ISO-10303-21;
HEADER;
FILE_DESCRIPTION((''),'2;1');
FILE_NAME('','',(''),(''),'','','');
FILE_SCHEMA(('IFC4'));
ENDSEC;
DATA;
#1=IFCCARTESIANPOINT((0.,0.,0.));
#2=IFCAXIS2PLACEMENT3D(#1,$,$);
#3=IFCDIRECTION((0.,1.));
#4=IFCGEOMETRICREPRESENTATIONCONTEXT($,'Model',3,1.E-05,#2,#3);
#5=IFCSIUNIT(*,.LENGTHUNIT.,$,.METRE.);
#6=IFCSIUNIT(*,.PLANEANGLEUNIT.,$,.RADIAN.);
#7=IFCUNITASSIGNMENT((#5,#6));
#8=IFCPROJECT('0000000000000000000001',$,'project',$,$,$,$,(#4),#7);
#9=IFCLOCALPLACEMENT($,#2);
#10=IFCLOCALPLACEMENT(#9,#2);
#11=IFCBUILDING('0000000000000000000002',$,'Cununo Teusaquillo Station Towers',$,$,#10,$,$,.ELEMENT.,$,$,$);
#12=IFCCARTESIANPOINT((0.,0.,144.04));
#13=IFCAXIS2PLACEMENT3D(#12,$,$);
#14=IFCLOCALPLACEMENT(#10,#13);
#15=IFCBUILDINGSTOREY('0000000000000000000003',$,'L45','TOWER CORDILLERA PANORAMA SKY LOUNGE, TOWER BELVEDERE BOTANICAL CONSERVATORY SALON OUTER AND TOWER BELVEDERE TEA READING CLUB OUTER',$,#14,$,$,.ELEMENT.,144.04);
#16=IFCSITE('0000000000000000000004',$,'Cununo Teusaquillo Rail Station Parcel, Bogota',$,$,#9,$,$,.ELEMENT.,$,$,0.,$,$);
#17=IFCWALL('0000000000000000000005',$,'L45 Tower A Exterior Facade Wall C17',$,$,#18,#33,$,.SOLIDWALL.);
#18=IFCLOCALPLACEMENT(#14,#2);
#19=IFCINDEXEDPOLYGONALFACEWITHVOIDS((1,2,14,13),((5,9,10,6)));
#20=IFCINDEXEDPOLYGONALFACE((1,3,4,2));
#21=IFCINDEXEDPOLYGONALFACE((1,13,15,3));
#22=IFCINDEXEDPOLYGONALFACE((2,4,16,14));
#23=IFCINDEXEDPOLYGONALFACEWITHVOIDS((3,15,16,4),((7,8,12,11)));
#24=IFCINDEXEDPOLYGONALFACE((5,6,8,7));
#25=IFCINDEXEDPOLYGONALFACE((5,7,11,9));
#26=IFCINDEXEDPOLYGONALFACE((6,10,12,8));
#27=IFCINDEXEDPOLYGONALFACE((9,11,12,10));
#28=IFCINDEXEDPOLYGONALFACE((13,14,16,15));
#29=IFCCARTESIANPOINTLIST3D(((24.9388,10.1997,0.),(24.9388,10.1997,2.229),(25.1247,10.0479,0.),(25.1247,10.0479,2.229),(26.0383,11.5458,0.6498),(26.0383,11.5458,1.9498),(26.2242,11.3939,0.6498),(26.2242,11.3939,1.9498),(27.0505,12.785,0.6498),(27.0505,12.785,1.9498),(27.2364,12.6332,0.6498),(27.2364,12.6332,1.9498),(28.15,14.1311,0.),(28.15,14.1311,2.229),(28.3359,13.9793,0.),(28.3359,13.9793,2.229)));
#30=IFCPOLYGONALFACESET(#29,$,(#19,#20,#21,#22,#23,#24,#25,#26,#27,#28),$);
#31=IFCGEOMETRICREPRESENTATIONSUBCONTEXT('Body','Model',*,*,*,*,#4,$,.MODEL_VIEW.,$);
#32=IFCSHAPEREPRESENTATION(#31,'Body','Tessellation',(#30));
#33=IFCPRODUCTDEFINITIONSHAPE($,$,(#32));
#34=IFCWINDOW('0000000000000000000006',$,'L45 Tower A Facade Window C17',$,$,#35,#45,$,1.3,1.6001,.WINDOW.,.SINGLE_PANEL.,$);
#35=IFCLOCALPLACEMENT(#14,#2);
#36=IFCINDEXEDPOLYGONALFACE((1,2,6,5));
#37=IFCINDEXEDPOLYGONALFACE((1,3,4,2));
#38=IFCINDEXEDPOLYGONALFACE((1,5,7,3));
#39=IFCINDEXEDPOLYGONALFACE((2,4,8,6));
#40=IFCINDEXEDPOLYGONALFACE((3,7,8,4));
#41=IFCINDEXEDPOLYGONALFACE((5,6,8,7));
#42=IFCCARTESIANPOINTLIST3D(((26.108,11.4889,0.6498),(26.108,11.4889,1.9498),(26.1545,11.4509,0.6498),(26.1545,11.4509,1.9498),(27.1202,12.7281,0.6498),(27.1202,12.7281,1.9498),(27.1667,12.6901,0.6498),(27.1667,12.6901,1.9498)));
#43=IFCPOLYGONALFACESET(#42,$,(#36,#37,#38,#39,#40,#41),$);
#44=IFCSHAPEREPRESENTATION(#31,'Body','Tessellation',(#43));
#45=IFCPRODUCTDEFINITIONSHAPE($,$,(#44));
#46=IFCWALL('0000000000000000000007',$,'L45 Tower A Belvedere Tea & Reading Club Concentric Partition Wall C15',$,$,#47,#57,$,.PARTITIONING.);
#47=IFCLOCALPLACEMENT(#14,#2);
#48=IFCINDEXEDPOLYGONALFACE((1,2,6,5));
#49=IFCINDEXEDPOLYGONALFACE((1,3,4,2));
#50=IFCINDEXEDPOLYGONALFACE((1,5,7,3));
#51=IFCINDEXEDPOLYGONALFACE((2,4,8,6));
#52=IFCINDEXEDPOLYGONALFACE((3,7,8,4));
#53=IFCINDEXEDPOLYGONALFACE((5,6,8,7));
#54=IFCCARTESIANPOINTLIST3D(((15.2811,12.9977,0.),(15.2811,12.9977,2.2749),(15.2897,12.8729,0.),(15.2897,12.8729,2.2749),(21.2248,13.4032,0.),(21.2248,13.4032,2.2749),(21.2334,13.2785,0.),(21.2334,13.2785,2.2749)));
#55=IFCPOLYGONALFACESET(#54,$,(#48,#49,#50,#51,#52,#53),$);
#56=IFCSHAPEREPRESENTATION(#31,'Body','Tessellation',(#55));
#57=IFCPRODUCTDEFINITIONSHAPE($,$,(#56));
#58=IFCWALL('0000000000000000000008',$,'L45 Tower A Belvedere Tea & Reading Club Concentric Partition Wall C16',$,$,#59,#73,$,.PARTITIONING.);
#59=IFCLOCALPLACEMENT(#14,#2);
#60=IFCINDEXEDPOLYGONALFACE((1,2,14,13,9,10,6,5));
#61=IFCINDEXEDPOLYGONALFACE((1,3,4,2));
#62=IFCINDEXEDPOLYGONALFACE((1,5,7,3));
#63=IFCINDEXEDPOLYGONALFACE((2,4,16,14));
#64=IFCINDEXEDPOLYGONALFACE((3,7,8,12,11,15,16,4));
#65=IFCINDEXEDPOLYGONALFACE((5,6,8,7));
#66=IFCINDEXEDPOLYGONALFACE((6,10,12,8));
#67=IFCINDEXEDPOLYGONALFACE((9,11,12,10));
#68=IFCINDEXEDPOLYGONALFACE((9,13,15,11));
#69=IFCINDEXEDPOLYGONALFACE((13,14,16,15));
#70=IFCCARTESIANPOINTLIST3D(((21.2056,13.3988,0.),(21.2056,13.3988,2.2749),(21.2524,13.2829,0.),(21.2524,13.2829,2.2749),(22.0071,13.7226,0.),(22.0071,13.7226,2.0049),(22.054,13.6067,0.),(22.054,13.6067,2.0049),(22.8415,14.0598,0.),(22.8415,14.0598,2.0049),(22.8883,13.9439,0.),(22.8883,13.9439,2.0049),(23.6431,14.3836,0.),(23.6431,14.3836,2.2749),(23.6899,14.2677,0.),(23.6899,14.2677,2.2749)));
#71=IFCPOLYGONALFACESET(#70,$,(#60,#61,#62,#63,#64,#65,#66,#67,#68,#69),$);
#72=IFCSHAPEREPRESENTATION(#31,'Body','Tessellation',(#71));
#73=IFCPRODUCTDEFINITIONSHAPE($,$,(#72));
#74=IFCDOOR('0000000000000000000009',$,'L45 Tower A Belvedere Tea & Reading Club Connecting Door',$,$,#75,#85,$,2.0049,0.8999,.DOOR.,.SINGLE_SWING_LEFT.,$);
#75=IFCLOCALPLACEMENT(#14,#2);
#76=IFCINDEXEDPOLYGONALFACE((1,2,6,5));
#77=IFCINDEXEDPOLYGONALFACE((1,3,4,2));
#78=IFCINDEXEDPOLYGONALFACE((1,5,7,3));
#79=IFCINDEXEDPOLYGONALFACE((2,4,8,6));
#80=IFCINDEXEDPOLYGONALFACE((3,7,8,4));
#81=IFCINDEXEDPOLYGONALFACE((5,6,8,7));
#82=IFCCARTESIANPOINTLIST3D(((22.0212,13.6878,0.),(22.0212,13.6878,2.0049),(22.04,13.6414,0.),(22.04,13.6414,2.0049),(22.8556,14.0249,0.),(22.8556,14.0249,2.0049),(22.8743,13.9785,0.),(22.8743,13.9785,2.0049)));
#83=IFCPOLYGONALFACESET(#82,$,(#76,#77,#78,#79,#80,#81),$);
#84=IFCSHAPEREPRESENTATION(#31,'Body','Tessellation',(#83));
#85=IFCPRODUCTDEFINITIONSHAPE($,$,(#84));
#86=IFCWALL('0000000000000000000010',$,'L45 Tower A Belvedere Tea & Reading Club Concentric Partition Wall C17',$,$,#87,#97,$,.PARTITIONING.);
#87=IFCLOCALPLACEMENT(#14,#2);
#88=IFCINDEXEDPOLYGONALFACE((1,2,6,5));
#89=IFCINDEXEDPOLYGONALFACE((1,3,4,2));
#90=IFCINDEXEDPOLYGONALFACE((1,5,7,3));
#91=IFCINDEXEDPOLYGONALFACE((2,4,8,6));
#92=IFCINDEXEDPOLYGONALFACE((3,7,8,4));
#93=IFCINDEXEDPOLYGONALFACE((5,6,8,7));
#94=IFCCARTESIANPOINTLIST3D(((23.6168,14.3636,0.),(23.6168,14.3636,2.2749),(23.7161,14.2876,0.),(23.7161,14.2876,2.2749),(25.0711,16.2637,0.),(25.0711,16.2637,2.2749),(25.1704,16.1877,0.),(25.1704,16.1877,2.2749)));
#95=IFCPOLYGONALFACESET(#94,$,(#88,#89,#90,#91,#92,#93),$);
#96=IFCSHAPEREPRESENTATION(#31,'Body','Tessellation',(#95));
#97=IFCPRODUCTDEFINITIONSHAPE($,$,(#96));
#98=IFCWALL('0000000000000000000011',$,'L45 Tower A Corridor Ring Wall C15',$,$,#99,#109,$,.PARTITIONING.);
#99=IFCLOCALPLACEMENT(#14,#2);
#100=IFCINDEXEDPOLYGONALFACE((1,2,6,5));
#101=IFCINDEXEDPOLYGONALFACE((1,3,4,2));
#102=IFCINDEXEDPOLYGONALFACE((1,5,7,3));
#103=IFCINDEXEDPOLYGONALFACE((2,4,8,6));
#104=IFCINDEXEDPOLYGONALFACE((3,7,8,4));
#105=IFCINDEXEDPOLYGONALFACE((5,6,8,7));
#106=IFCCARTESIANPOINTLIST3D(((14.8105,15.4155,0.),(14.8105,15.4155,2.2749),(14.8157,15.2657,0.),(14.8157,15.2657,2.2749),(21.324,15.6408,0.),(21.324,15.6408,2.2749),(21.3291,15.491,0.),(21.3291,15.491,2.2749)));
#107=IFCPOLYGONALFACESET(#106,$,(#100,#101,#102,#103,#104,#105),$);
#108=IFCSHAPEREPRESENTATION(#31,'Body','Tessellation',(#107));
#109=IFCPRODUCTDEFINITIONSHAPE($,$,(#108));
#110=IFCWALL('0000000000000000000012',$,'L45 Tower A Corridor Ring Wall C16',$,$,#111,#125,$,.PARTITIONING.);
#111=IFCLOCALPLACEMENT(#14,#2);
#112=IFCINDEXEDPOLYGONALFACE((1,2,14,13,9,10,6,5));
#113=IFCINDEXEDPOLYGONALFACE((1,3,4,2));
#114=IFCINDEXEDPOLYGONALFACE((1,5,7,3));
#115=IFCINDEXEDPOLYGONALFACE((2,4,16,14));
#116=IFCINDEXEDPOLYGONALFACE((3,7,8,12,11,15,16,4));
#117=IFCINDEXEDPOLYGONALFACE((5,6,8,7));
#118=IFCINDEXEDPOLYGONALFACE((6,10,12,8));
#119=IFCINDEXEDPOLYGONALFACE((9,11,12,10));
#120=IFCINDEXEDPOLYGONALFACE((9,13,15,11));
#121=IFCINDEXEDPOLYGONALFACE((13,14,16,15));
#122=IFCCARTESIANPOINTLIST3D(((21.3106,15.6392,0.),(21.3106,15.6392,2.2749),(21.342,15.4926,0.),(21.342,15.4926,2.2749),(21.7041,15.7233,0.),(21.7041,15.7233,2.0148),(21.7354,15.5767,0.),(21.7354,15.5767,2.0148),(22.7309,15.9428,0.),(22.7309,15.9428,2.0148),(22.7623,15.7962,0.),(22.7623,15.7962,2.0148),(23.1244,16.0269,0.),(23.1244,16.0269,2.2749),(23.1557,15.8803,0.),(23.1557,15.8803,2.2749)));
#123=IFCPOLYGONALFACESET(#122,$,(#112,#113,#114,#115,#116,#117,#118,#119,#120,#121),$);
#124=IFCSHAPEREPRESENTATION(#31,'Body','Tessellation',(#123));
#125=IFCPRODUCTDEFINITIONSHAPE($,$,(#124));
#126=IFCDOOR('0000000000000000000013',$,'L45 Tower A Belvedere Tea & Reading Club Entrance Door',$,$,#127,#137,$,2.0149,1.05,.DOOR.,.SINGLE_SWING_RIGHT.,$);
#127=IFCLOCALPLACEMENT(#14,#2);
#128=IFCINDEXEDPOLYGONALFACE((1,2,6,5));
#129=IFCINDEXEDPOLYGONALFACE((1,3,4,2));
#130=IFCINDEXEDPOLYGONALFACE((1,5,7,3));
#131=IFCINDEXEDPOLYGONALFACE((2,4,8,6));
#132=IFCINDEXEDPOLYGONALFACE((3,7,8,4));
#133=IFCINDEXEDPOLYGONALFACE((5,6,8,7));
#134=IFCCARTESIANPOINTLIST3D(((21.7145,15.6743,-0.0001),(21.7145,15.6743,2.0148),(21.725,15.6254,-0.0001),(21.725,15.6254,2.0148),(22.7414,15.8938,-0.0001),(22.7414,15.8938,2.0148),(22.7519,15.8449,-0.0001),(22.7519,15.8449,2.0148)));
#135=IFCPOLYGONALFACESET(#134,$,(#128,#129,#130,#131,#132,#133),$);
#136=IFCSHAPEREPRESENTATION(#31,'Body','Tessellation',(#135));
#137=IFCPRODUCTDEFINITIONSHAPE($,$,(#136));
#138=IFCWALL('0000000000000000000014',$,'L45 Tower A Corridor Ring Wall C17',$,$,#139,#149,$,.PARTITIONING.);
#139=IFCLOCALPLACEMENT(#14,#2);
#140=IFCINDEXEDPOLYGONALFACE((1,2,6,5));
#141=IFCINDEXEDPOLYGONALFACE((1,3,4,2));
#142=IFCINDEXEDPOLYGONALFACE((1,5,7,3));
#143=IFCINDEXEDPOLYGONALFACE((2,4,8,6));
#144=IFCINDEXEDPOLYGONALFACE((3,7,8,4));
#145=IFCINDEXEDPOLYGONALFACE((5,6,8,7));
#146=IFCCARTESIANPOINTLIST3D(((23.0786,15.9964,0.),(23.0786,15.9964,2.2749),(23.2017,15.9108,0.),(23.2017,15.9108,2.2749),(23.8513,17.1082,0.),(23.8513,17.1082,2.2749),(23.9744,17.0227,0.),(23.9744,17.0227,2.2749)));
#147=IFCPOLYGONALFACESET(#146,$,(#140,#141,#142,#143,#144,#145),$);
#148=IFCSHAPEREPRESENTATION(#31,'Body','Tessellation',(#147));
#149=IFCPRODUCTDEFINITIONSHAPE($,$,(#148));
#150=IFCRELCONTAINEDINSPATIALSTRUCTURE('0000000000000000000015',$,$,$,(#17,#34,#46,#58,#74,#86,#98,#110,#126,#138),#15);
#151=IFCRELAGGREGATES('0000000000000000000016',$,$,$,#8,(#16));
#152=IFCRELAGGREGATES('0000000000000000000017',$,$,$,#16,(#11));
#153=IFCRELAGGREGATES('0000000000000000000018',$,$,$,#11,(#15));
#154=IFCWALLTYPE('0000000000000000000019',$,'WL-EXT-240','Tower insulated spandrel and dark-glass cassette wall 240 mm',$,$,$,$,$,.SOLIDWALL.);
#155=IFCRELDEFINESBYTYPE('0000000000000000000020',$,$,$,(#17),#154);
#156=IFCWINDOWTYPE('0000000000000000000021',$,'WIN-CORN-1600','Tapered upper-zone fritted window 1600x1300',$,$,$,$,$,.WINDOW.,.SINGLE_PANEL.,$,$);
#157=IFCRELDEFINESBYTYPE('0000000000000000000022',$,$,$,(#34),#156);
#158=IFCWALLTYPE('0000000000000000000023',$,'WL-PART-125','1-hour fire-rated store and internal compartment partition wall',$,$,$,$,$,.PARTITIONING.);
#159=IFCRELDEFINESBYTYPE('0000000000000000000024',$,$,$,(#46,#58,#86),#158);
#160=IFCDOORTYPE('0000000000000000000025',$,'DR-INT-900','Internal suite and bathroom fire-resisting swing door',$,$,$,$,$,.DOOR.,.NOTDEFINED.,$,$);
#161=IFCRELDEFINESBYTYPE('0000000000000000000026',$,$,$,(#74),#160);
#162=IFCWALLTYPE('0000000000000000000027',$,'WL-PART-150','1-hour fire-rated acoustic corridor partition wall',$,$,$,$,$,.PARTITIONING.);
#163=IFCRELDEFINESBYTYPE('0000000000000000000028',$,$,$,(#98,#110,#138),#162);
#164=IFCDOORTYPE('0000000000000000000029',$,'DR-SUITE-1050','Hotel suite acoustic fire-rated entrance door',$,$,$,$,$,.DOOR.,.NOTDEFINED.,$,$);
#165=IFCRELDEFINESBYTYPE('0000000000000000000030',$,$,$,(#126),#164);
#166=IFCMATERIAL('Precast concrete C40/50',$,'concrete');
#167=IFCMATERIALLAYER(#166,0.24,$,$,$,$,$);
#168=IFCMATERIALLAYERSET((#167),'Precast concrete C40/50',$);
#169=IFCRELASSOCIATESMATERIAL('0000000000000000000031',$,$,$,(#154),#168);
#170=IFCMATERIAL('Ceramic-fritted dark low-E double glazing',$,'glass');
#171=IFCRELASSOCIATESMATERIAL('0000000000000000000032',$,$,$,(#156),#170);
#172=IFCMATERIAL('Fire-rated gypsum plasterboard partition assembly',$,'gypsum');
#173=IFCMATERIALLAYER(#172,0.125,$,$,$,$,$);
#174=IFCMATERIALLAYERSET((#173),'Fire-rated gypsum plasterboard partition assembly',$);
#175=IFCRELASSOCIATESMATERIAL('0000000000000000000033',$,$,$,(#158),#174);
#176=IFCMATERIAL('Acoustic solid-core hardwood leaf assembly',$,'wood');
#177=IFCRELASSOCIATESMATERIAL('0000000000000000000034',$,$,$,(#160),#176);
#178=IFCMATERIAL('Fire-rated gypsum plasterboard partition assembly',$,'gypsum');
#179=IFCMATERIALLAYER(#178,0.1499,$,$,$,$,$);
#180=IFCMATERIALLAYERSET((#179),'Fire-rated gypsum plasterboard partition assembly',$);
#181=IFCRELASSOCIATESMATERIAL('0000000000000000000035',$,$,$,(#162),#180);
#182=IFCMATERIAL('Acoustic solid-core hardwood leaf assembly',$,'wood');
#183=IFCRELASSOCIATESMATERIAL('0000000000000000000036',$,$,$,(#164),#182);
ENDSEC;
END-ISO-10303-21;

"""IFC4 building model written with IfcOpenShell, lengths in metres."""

from ifc_helpers import new_model, si_unit, direction, frame, frame_2d, origin, place, context, subcontext, project, spatial, rectangle, extrude, source, transform, mapped, material, layer, layer_set, type_object, element, fill, save


model = new_model("IFC4")

# Units and contexts
model_context = context("Model", 3, precision=1e-05, world=origin(), true_north=direction((0.0, 1.0)))
body_context = subcontext(model_context, "Body", "Model", "MODEL_VIEW")
ifc_project = project(units=[si_unit("LENGTHUNIT", "METRE"), si_unit("PLANEANGLEUNIT", "RADIAN")], contexts=[model_context])

# Site, building, storey
site_placement = place(None, origin())
site = spatial("IfcSite", under=ifc_project, at=site_placement, Name="Cununo Teusaquillo Rail Station Parcel, Bogota", CompositionType="ELEMENT", RefElevation=0.0)
building_placement = place(site_placement, origin())
building = spatial("IfcBuilding", under=site, at=building_placement, Name="Cununo Teusaquillo Station Towers", CompositionType="ELEMENT")
storey_placement = place(building_placement, frame((0.0, 0.0, 144.04)))
storey = spatial("IfcBuildingStorey", under=building, at=storey_placement, Name="L45", Description="TOWER CORDILLERA PANORAMA SKY LOUNGE, TOWER BELVEDERE BOTANICAL CONSERVATORY SALON OUTER AND TOWER BELVEDERE TEA READING CLUB OUTER", CompositionType="ELEMENT", Elevation=144.04)

# Shared definitions
ifc_material_1 = material(Name="Precast concrete C40/50", Category="concrete")
ifc_layer_1 = layer(ifc_material_1, 0.24)
ifc_layer_set_1 = layer_set([ifc_layer_1], Name="Precast concrete C40/50")
wall_type_1 = type_object("IfcWallType", Name="WL-EXT-240", Description="Tower insulated spandrel and dark-glass cassette wall 240 mm", PredefinedType="SOLIDWALL", material=ifc_layer_set_1)
shared_shape_1 = source(origin(), body_context, "Body", "SweptSolid", [
    extrude(rectangle(XDim=1.6001, YDim=1.3, at=frame_2d((0.8, 0.6499))), frame((0.0, 0.1299, 0.0), z_axis=(0.0, -1.0, 0.0), x_axis=(1.0, 0.0, 0.0)), (0.0, 0.0, 1.0), 0.26),
])
ifc_material_2 = material(Name="Ceramic-fritted dark low-E double glazing", Category="glass")
window_type = type_object("IfcWindowType", Name="WIN-CORN-1600", Description="Tapered upper-zone fritted window 1600x1300", PartitioningType="SINGLE_PANEL", PredefinedType="WINDOW", material=ifc_material_2)
shared_shape_2 = source(origin(), body_context, "Body", "SweptSolid", [
    extrude(rectangle(XDim=1.6001, YDim=1.3, at=frame_2d((0.8, 0.6499))), frame((0.0, 0.03, 0.0), z_axis=(0.0, -1.0, 0.0), x_axis=(1.0, 0.0, 0.0)), (0.0, 0.0, 1.0), 0.0601),
])

# Wall, opening, window
wall_1_placement = place(storey_placement, frame((28.2429, 14.0552, 0.0), z_axis=(0.0, 0.0, 1.0), x_axis=(-0.632599, -0.77448, 0.0)))
wall_1 = element("IfcWall", 1, at=wall_1_placement, inside=storey, type_object=wall_type_1, Name="L45 Tower A Exterior Facade Wall C17", PredefinedType="SOLIDWALL", context=body_context, shape_type="SweptSolid", body=[
    extrude(rectangle(XDim=5.0762, YDim=0.24, at=frame_2d((2.5381, 0.0))), origin(), (0.0, 0.0, 1.0), 2.229),
])
opening_1_placement = place(wall_1_placement, frame((1.738, 0.0, 0.6499)))
opening_1 = element("IfcOpeningElement", 2, at=opening_1_placement, cuts=wall_1, PredefinedType="OPENING", context=body_context, shape_type="MappedRepresentation", body=[
    mapped(shared_shape_1, transform((0.0, 0.0, 0.0), x_axis=(1.0, 0.0, 0.0), y_axis=(0.0, 1.0, 0.0), z_axis=(0.0, 0.0, 1.0), scale=1.0)),
])
window_1_placement = place(opening_1_placement, origin())
window_1 = element("IfcWindow", 3, at=window_1_placement, inside=storey, type_object=window_type, Name="L45 Tower A Facade Window C17", OverallHeight=1.3, OverallWidth=1.6001, PartitioningType="SINGLE_PANEL", PredefinedType="WINDOW", context=body_context, shape_type="MappedRepresentation", body=[
    mapped(shared_shape_2, transform((0.0, 0.0, 0.0), x_axis=(1.0, 0.0, 0.0), y_axis=(0.0, 1.0, 0.0), z_axis=(0.0, 0.0, 1.0), scale=1.0)),
])
fill(opening_1, window_1)

# Wall
ifc_material_3 = material(Name="Fire-rated gypsum plasterboard partition assembly", Category="gypsum")
ifc_layer_2 = layer(ifc_material_3, 0.125)
ifc_layer_set_2 = layer_set([ifc_layer_2], Name="Fire-rated gypsum plasterboard partition assembly")
wall_type_2 = type_object("IfcWallType", Name="WL-PART-125", Description="1-hour fire-rated store and internal compartment partition wall", PredefinedType="PARTITIONING", material=ifc_layer_set_2)
wall_2_placement = place(storey_placement, frame((15.2854, 12.9353, 0.0), z_axis=(0.0, 0.0, 1.0), x_axis=(0.997681, 0.068069, 0.0)))
element("IfcWall", 4, at=wall_2_placement, inside=storey, type_object=wall_type_2, Name="L45 Tower A Belvedere Tea & Reading Club Concentric Partition Wall C15", PredefinedType="PARTITIONING", context=body_context, shape_type="SweptSolid", body=[
    extrude(rectangle(XDim=5.9575, YDim=0.125, at=frame_2d((2.9788, 0.0))), origin(), (0.0, 0.0, 1.0), 2.2749),
])

# Wall, opening, door
wall_3_placement = place(storey_placement, frame((21.229, 13.3408, 0.0), z_axis=(0.0, 0.0, 1.0), x_axis=(0.927177, 0.374623, 0.0)))
wall_3 = element("IfcWall", 5, at=wall_3_placement, inside=storey, type_object=wall_type_2, Name="L45 Tower A Belvedere Tea & Reading Club Concentric Partition Wall C16", PredefinedType="PARTITIONING", context=body_context, shape_type="SweptSolid", body=[
    extrude(rectangle(XDim=2.6289, YDim=0.125, at=frame_2d((1.3145, 0.0))), origin(), (0.0, 0.0, 1.0), 2.2749),
])
shared_shape_3 = source(origin(), body_context, "Body", "SweptSolid", [
    extrude(rectangle(XDim=0.8999, YDim=2.0049, at=frame_2d((0.45, 1.0024))), frame((0.0, 0.0725, 0.0), z_axis=(0.0, -1.0, 0.0), x_axis=(1.0, 0.0, 0.0)), (0.0, 0.0, 1.0), 0.145),
])
opening_2_placement = place(wall_3_placement, frame((0.8645, 0.0, 0.0)))
opening_2 = element("IfcOpeningElement", 6, at=opening_2_placement, cuts=wall_3, PredefinedType="OPENING", context=body_context, shape_type="MappedRepresentation", body=[
    mapped(shared_shape_3, transform((0.0, 0.0, 0.0), x_axis=(1.0, 0.0, 0.0), y_axis=(0.0, 1.0, 0.0), z_axis=(0.0, 0.0, 1.0), scale=1.0)),
])
ifc_material_4 = material(Name="Acoustic solid-core hardwood leaf assembly", Category="wood")
door_type_1 = type_object("IfcDoorType", Name="DR-INT-900", Description="Internal suite and bathroom fire-resisting swing door", OperationType="NOTDEFINED", PredefinedType="DOOR", material=ifc_material_4)
shared_shape_4 = source(origin(), body_context, "Body", "SweptSolid", [
    extrude(rectangle(XDim=0.8999, YDim=2.0049, at=frame_2d((0.45, 1.0024))), frame((0.0, 0.0249, 0.0), z_axis=(0.0, -1.0, 0.0), x_axis=(1.0, 0.0, 0.0)), (0.0, 0.0, 1.0), 0.05),
])
door_1_placement = place(opening_2_placement, origin())
door_1 = element("IfcDoor", 7, at=door_1_placement, inside=storey, type_object=door_type_1, Name="L45 Tower A Belvedere Tea & Reading Club Connecting Door", OperationType="SINGLE_SWING_LEFT", OverallHeight=2.0049, OverallWidth=0.8999, PredefinedType="DOOR", context=body_context, shape_type="MappedRepresentation", body=[
    mapped(shared_shape_4, transform((0.0, 0.0, 0.0), x_axis=(1.0, 0.0, 0.0), y_axis=(0.0, 1.0, 0.0), z_axis=(0.0, 0.0, 1.0), scale=1.0)),
])
fill(opening_2, door_1)

# Walls
wall_4_placement = place(storey_placement, frame((23.6665, 14.3257, 0.0), z_axis=(0.0, 0.0, 1.0), x_axis=(0.607791, 0.794097, 0.0)))
element("IfcWall", 8, at=wall_4_placement, inside=storey, type_object=wall_type_2, Name="L45 Tower A Belvedere Tea & Reading Club Concentric Partition Wall C17", PredefinedType="PARTITIONING", context=body_context, shape_type="SweptSolid", body=[
    extrude(rectangle(XDim=2.3928, YDim=0.125, at=frame_2d((1.1963, 0.0))), origin(), (0.0, 0.0, 1.0), 2.2749),
])
ifc_material_5 = material(Name="Fire-rated gypsum plasterboard partition assembly", Category="gypsum")
ifc_layer_3 = layer(ifc_material_5, 0.1499)
ifc_layer_set_3 = layer_set([ifc_layer_3], Name="Fire-rated gypsum plasterboard partition assembly")
wall_type_3 = type_object("IfcWallType", Name="WL-PART-150", Description="1-hour fire-rated acoustic corridor partition wall", PredefinedType="PARTITIONING", material=ifc_layer_set_3)
wall_5_placement = place(storey_placement, frame((14.813, 15.3406, 0.0), z_axis=(0.0, 0.0, 1.0), x_axis=(0.999402, 0.034576, 0.0)))
element("IfcWall", 9, at=wall_5_placement, inside=storey, type_object=wall_type_3, Name="L45 Tower A Corridor Ring Wall C15", PredefinedType="PARTITIONING", context=body_context, shape_type="SweptSolid", body=[
    extrude(rectangle(XDim=6.5173, YDim=0.1499, at=frame_2d((3.2588, 0.0))), origin(), (0.0, 0.0, 1.0), 2.2749),
])

# Wall, opening, door
wall_6_placement = place(storey_placement, frame((21.3264, 15.5659, 0.0), z_axis=(0.0, 0.0, 1.0), x_axis=(0.977908, 0.209035, 0.0)))
wall_6 = element("IfcWall", 10, at=wall_6_placement, inside=storey, type_object=wall_type_3, Name="L45 Tower A Corridor Ring Wall C16", PredefinedType="PARTITIONING", context=body_context, shape_type="SweptSolid", body=[
    extrude(rectangle(XDim=1.8547, YDim=0.1499, at=frame_2d((0.9272, 0.0))), origin(), (0.0, 0.0, 1.0), 2.2749),
])
shared_shape_5 = source(origin(), body_context, "Body", "SweptSolid", [
    extrude(rectangle(XDim=1.05, YDim=2.0149, at=frame_2d((0.5249, 1.0073))), frame((0.0, 0.085, 0.0), z_axis=(0.0, -1.0, 0.0), x_axis=(1.0, 0.0, 0.0)), (0.0, 0.0, 1.0), 0.1699),
])
opening_3_placement = place(wall_6_placement, frame((0.4023, 0.0, 0.0)))
opening_3 = element("IfcOpeningElement", 11, at=opening_3_placement, cuts=wall_6, PredefinedType="OPENING", context=body_context, shape_type="MappedRepresentation", body=[
    mapped(shared_shape_5, transform((0.0, 0.0, 0.0), x_axis=(1.0, 0.0, 0.0), y_axis=(0.0, 1.0, 0.0), z_axis=(0.0, 0.0, 1.0), scale=1.0)),
])
ifc_material_6 = material(Name="Acoustic solid-core hardwood leaf assembly", Category="wood")
door_type_2 = type_object("IfcDoorType", Name="DR-SUITE-1050", Description="Hotel suite acoustic fire-rated entrance door", OperationType="NOTDEFINED", PredefinedType="DOOR", material=ifc_material_6)
shared_shape_6 = source(origin(), body_context, "Body", "SweptSolid", [
    extrude(rectangle(XDim=1.05, YDim=2.0149, at=frame_2d((0.5249, 1.0073))), frame((0.0, 0.0249, 0.0), z_axis=(0.0, -1.0, 0.0), x_axis=(1.0, 0.0, 0.0)), (0.0, 0.0, 1.0), 0.05),
])
door_2_placement = place(opening_3_placement, origin())
door_2 = element("IfcDoor", 12, at=door_2_placement, inside=storey, type_object=door_type_2, Name="L45 Tower A Belvedere Tea & Reading Club Entrance Door", OperationType="SINGLE_SWING_RIGHT", OverallHeight=2.0149, OverallWidth=1.05, PredefinedType="DOOR", context=body_context, shape_type="MappedRepresentation", body=[
    mapped(shared_shape_6, transform((0.0, 0.0, 0.0), x_axis=(1.0, 0.0, 0.0), y_axis=(0.0, 1.0, 0.0), z_axis=(0.0, 0.0, 1.0), scale=1.0)),
])
fill(opening_3, door_2)

# Wall
wall_7_placement = place(storey_placement, frame((23.1401, 15.9536, 0.0), z_axis=(0.0, 0.0, 1.0), x_axis=(0.5707, 0.821159, 0.0)))
element("IfcWall", 13, at=wall_7_placement, inside=storey, type_object=wall_type_3, Name="L45 Tower A Corridor Ring Wall C17", PredefinedType="PARTITIONING", context=body_context, shape_type="SweptSolid", body=[
    extrude(rectangle(XDim=1.354, YDim=0.1499, at=frame_2d((0.677, 0.0))), origin(), (0.0, 0.0, 1.0), 2.2749),
])

save(model, "model.ifc")
